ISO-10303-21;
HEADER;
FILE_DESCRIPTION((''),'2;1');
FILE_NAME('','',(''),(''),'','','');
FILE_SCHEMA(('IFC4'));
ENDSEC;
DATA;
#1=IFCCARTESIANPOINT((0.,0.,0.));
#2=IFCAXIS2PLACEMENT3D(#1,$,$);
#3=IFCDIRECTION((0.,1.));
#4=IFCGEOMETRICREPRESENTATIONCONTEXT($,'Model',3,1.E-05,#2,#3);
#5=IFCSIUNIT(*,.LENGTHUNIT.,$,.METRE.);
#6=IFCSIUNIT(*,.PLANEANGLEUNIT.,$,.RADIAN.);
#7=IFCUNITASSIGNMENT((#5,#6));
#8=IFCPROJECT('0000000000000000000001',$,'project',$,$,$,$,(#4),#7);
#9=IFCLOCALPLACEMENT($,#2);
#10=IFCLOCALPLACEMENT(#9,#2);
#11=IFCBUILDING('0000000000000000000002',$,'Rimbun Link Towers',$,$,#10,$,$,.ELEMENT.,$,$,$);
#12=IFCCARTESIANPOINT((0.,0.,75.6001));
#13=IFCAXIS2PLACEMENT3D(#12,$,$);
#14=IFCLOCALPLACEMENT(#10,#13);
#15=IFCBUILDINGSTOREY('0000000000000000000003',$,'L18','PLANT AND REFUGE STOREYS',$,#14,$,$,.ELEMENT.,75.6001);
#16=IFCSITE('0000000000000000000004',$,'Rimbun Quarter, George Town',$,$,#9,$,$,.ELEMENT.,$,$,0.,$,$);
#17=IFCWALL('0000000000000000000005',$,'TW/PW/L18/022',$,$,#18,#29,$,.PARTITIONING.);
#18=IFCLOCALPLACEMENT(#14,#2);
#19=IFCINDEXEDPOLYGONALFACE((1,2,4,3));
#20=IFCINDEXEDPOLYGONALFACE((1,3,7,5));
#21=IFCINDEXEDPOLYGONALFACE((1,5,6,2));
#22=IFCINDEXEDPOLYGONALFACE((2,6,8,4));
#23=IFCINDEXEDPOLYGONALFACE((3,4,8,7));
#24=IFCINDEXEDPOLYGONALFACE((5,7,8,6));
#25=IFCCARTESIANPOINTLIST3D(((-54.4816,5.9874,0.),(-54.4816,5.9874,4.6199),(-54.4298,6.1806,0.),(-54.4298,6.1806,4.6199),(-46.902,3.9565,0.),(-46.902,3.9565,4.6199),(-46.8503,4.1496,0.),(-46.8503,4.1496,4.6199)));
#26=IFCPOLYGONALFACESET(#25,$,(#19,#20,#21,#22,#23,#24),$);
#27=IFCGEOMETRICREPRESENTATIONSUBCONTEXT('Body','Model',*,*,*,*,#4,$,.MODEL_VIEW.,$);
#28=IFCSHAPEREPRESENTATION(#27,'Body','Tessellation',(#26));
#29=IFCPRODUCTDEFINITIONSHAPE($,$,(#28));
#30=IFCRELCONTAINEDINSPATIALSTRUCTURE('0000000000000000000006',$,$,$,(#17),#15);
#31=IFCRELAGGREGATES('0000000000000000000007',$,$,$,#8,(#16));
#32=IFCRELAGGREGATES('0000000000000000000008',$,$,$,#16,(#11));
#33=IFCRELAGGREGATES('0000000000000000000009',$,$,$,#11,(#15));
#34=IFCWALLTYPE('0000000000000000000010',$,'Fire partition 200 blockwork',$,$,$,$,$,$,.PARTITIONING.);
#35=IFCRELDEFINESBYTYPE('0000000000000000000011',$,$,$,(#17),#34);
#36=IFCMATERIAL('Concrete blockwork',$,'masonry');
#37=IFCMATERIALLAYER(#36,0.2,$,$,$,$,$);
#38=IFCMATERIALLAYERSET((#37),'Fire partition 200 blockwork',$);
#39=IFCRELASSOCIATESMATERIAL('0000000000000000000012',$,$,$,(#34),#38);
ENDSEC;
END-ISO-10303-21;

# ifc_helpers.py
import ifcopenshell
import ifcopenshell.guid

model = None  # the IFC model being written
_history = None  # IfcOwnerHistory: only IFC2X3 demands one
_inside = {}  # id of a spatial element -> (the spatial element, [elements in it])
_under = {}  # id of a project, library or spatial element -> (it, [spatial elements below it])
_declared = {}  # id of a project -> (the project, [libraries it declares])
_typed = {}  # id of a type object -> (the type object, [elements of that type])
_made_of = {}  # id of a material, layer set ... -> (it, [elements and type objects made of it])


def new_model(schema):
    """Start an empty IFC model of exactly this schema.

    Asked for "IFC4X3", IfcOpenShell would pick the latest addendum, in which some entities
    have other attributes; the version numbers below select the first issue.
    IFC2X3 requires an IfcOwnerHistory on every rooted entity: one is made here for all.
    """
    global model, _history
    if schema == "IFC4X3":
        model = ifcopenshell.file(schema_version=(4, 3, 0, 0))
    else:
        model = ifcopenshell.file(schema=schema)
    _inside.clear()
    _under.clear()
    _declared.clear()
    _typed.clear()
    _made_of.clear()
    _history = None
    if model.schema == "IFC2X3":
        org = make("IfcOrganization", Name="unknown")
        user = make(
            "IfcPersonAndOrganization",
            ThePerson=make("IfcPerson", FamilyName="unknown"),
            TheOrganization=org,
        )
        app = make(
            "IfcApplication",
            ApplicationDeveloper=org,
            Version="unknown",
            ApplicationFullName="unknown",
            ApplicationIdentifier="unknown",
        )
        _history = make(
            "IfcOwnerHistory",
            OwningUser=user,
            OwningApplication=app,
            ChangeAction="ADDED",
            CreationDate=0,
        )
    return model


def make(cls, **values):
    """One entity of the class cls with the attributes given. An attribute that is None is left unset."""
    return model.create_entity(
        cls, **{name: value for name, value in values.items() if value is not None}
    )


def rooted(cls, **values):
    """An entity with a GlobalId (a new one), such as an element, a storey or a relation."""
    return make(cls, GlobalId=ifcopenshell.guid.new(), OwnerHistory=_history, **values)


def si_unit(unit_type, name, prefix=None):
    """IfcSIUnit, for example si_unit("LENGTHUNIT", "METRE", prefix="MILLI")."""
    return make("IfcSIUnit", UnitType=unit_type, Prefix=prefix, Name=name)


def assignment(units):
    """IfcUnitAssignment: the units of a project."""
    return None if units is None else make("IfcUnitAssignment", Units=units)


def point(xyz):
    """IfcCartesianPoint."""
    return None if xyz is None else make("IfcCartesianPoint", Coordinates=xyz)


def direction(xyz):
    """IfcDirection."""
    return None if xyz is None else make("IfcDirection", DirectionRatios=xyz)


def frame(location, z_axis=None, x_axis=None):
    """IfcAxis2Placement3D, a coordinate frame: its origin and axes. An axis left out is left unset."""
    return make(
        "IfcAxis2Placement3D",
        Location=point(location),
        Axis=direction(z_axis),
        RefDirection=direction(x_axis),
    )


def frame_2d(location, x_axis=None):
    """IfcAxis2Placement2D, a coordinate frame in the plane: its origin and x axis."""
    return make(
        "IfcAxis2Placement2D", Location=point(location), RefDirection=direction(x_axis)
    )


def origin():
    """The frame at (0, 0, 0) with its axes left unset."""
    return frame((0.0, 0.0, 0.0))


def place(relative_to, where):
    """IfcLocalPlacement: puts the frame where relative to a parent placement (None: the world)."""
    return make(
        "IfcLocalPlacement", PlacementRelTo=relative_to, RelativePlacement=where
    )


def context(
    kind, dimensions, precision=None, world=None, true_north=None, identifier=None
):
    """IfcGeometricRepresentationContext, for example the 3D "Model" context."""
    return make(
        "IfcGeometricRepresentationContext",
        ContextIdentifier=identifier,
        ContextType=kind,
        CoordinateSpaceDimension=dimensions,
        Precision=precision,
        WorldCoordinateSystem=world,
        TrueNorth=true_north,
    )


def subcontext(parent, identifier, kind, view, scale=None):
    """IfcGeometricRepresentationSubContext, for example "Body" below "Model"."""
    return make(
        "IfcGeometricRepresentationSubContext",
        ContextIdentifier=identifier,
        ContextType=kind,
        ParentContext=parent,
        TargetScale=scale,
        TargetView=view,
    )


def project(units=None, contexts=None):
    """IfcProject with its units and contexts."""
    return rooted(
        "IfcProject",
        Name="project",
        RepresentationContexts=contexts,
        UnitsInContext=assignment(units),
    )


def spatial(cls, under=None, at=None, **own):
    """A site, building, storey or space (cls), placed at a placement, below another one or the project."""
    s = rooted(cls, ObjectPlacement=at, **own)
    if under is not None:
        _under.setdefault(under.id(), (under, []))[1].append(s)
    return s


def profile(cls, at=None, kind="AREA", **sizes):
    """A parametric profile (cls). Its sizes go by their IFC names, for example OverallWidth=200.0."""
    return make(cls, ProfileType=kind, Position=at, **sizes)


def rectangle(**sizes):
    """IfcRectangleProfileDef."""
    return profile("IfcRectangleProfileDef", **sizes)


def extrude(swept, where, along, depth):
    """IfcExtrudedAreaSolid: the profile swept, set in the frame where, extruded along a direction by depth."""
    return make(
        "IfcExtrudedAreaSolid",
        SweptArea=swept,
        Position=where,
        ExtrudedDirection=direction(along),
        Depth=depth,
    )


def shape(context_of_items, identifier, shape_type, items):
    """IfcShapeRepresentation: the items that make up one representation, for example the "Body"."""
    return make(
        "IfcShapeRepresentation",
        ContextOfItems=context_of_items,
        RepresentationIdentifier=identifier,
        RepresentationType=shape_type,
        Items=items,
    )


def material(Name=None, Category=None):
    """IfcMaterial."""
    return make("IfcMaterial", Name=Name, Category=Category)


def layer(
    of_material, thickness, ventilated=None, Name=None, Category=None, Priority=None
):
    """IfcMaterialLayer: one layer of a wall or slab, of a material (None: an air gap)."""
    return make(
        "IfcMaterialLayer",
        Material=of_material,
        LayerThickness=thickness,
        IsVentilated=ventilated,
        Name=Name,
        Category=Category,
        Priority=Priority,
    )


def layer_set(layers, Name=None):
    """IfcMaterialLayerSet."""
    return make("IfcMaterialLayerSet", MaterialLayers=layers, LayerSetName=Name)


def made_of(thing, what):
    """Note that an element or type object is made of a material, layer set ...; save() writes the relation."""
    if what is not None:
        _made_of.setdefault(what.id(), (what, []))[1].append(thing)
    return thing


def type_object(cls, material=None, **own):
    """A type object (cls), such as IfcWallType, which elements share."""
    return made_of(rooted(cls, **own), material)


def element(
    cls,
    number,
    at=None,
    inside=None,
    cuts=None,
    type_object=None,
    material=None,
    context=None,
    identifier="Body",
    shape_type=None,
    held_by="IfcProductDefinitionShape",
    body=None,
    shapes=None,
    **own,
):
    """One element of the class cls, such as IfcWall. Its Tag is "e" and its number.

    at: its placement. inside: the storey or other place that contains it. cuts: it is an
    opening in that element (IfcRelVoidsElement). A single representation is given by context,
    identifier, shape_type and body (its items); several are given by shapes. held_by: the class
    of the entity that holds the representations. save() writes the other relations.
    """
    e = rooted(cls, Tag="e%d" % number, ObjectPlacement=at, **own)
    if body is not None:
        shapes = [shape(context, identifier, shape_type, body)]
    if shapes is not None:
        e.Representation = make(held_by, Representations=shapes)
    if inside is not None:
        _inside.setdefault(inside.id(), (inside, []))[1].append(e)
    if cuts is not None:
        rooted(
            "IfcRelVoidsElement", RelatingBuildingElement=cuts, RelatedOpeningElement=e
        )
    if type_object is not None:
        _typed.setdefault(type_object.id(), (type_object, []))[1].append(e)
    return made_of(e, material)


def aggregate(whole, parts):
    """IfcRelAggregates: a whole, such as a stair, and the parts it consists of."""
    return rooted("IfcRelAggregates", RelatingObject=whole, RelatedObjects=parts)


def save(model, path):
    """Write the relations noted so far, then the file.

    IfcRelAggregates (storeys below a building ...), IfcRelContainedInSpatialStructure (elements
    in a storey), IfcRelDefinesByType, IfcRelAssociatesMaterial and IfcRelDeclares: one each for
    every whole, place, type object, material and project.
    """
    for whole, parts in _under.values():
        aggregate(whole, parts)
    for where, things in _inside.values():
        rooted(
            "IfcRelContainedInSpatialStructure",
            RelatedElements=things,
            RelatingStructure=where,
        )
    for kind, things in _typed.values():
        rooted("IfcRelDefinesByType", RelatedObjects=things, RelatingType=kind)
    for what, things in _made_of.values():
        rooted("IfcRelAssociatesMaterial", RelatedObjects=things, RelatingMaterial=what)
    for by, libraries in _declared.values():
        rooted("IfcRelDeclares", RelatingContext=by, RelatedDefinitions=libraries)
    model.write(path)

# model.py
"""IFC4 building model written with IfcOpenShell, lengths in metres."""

from ifc_helpers import new_model, si_unit, direction, frame, frame_2d, origin, place, context, subcontext, project, spatial, rectangle, extrude, material, layer, layer_set, type_object, element, save


model = new_model("IFC4")

# Units and contexts
model_context = context("Model", 3, precision=1e-05, world=origin(), true_north=direction((0.0, 1.0)))
body_context = subcontext(model_context, "Body", "Model", "MODEL_VIEW")
ifc_project = project(units=[si_unit("LENGTHUNIT", "METRE"), si_unit("PLANEANGLEUNIT", "RADIAN")], contexts=[model_context])

# Site, building, storey
site_placement = place(None, origin())
site = spatial("IfcSite", under=ifc_project, at=site_placement, Name="Rimbun Quarter, George Town", CompositionType="ELEMENT", RefElevation=0.0)
building_placement = place(site_placement, origin())
building = spatial("IfcBuilding", under=site, at=building_placement, Name="Rimbun Link Towers", CompositionType="ELEMENT")
storey_placement = place(building_placement, frame((0.0, 0.0, 75.6001)))
storey = spatial("IfcBuildingStorey", under=building, at=storey_placement, Name="L18", Description="PLANT AND REFUGE STOREYS", CompositionType="ELEMENT", Elevation=75.6001)

# Shared definitions
ifc_material_1 = material(Name="Concrete blockwork", Category="masonry")
ifc_layer_1 = layer(ifc_material_1, 0.2)
ifc_layer_set_1 = layer_set([ifc_layer_1], Name="Fire partition 200 blockwork")
wall_type_1 = type_object("IfcWallType", Name="Fire partition 200 blockwork", PredefinedType="PARTITIONING", material=ifc_layer_set_1)

# Wall
wall_1_placement = place(storey_placement, frame((-54.4556, 6.084, 0.0), z_axis=(0.0, 0.0, 1.0), x_axis=(0.965924, -0.258826, 0.0)))
element("IfcWall", 1, at=wall_1_placement, inside=storey, type_object=wall_type_1, Name="TW/PW/L18/022", PredefinedType="PARTITIONING", context=body_context, shape_type="SweptSolid", body=[
    extrude(rectangle(XDim=7.8469, YDim=0.2, at=frame_2d((3.9233, 0.0))), origin(), (0.0, 0.0, 1.0), 4.6199),
])

save(model, "model.ifc")
